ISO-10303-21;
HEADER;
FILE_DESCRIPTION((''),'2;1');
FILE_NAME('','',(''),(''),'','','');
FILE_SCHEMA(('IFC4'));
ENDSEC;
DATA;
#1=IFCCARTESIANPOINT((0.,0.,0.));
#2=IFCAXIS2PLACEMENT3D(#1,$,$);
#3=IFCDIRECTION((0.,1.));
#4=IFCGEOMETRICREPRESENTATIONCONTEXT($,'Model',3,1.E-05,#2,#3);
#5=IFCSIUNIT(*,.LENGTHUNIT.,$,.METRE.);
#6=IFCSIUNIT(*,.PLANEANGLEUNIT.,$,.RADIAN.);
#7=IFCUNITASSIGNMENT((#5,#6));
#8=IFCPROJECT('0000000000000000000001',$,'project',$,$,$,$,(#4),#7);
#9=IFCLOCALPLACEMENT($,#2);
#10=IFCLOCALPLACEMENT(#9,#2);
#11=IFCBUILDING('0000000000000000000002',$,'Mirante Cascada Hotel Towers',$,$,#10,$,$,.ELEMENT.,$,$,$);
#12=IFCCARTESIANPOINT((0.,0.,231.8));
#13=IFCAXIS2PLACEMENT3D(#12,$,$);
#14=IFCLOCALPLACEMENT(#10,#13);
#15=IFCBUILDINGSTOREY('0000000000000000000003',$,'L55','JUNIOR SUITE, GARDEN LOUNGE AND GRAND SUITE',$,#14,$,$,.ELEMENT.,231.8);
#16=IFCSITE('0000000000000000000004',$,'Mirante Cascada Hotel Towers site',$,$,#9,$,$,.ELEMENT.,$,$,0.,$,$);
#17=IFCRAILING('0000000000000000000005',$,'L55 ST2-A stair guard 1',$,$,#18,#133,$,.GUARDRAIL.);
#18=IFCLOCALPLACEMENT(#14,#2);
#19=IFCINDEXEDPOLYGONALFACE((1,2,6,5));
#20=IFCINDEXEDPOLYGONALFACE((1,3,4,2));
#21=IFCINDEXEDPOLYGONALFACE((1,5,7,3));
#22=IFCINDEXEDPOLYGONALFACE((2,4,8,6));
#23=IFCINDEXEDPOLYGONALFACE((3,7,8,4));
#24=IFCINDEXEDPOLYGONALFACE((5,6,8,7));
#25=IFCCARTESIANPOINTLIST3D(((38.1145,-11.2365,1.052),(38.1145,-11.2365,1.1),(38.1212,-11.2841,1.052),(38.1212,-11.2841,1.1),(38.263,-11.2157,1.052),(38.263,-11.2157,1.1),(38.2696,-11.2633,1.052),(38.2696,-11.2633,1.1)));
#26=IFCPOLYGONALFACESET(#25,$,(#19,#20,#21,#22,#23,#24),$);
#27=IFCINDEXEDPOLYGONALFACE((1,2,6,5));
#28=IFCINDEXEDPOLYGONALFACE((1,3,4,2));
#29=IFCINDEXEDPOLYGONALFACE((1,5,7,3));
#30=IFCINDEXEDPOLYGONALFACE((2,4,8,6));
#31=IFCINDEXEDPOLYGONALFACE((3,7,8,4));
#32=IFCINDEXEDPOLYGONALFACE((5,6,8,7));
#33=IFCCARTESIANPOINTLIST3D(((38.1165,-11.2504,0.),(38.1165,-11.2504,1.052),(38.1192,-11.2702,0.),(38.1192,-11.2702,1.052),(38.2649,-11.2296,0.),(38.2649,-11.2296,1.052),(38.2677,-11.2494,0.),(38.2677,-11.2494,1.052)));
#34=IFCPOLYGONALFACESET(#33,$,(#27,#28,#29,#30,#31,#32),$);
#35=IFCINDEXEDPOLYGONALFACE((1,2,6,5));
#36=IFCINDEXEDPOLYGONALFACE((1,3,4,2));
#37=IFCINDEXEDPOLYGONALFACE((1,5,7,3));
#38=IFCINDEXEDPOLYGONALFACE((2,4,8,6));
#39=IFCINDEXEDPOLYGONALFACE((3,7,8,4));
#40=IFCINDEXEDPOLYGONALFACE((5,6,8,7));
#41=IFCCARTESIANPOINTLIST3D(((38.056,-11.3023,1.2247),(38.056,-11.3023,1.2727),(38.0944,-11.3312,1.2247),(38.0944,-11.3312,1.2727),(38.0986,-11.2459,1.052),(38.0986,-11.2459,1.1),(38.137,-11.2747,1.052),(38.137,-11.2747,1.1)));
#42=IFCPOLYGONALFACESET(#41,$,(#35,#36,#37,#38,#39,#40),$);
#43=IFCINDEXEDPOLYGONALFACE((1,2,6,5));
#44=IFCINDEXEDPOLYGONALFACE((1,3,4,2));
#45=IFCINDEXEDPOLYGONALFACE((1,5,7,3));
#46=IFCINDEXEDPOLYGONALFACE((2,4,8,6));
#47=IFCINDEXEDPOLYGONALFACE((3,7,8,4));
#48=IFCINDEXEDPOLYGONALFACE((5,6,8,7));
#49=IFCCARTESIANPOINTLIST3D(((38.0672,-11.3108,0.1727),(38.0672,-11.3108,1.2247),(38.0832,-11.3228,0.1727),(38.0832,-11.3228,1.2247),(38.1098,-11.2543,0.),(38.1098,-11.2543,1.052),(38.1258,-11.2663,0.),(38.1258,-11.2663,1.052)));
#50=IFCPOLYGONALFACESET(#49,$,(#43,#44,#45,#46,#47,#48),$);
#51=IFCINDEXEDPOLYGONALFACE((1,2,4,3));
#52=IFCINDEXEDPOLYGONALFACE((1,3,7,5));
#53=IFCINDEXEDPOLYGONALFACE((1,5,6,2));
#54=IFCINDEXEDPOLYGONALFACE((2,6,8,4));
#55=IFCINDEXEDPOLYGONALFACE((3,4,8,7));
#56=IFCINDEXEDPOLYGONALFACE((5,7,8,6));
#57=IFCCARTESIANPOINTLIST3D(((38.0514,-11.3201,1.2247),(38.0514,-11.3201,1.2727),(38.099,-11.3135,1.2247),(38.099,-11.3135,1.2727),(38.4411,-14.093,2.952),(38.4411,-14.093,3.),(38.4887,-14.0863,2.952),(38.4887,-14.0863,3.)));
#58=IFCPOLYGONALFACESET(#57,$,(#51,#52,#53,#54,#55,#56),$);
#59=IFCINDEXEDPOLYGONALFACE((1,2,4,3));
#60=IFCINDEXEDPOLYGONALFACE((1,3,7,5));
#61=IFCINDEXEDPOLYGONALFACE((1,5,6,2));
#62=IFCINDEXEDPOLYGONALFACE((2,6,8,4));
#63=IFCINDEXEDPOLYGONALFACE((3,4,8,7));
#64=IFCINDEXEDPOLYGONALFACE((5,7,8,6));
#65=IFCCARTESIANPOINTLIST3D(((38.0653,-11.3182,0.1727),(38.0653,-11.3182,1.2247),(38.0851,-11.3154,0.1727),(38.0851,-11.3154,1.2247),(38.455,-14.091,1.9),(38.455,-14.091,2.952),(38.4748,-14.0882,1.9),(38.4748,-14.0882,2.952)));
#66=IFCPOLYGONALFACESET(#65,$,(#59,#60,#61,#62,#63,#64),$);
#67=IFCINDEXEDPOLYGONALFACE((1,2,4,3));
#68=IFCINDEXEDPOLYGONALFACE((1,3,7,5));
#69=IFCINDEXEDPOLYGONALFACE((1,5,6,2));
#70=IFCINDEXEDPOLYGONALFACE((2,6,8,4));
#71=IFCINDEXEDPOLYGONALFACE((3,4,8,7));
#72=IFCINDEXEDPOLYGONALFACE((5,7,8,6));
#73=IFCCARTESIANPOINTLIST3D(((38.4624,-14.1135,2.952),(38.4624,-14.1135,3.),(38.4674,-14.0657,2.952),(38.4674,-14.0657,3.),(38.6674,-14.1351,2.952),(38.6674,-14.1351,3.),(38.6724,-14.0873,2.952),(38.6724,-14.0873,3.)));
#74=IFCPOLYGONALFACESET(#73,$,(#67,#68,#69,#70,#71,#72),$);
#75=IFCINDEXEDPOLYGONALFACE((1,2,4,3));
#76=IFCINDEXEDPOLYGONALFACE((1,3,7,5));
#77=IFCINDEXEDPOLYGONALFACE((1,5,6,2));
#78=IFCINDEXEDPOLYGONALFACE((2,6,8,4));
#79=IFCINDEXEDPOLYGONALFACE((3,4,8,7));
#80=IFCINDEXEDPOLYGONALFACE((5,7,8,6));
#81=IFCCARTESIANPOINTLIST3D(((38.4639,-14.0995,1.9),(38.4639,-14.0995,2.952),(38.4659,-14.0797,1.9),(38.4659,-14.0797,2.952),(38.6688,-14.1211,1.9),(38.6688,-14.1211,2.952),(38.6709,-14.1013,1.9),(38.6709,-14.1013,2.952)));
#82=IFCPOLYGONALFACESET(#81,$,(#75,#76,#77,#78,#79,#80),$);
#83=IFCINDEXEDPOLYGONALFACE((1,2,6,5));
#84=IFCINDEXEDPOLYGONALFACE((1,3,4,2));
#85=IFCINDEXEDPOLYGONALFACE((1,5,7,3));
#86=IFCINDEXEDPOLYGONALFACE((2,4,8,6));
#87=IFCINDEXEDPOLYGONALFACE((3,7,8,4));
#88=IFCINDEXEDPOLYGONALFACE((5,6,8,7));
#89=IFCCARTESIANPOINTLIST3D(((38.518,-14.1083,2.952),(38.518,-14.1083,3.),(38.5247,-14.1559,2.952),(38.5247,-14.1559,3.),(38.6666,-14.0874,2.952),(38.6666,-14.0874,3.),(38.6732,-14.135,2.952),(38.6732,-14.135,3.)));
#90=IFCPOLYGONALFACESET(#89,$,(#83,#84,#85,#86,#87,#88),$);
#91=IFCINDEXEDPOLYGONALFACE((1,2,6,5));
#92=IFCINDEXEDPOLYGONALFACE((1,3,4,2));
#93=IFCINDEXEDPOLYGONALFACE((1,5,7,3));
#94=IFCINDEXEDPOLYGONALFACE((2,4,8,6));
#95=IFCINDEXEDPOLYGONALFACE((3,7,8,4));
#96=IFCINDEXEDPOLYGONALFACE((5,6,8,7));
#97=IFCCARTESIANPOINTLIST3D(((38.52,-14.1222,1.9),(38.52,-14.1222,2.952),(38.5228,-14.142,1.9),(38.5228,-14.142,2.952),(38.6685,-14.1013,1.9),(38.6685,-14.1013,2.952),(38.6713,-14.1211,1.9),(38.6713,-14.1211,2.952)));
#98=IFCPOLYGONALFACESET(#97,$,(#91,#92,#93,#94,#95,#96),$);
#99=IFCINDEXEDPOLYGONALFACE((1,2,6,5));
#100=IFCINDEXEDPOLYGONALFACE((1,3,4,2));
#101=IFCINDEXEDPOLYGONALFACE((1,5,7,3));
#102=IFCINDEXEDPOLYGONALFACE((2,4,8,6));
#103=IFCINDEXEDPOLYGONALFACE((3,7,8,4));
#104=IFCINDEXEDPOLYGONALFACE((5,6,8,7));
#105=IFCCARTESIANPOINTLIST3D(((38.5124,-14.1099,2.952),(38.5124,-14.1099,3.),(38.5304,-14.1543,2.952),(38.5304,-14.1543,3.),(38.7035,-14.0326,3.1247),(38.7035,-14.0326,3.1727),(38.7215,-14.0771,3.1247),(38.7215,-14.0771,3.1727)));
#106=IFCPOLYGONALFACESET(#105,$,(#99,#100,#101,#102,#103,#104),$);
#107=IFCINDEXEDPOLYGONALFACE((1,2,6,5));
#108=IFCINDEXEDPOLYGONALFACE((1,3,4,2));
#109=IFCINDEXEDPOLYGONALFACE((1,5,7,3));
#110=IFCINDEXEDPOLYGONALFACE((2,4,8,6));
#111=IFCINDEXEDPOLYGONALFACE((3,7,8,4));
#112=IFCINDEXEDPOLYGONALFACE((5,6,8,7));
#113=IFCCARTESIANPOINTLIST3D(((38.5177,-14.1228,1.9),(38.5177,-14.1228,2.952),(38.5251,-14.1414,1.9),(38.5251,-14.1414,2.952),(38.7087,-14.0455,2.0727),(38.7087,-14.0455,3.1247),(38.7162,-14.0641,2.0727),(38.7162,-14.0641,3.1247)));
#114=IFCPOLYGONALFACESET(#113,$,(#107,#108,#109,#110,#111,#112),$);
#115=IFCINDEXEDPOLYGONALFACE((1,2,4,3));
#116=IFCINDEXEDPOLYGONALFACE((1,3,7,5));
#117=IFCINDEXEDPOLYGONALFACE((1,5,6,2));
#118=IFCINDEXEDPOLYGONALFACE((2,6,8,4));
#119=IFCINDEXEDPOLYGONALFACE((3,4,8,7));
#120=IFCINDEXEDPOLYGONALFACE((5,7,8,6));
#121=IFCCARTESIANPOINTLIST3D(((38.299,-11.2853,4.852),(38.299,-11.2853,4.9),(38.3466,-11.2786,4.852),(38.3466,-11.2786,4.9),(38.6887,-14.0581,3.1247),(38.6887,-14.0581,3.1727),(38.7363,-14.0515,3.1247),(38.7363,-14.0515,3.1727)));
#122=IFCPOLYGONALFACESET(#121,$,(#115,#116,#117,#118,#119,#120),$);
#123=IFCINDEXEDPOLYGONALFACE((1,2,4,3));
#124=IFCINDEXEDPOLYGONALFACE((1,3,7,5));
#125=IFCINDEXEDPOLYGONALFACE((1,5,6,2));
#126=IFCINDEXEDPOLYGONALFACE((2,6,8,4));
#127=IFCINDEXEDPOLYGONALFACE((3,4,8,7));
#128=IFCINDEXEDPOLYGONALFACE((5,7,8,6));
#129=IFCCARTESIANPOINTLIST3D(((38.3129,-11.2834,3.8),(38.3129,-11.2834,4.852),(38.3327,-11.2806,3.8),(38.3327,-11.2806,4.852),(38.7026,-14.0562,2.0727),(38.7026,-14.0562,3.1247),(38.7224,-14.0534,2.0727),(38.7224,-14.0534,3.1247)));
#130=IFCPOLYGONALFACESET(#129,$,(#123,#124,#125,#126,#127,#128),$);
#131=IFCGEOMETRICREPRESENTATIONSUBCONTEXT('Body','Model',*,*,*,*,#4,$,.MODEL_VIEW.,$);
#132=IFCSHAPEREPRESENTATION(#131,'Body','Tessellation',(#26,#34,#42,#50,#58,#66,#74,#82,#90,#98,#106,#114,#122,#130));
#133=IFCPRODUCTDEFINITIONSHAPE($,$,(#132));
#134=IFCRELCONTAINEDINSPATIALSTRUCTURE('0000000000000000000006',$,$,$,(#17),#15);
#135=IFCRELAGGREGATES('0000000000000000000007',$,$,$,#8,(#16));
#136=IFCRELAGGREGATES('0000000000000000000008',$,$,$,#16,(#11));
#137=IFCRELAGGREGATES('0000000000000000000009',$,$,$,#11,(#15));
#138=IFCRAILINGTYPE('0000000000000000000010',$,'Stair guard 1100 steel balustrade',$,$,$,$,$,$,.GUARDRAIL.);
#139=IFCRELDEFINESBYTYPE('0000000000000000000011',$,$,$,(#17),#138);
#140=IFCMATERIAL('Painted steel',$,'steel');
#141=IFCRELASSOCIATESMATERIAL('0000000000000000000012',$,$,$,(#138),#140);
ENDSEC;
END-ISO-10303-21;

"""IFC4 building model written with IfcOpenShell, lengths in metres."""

from ifc_helpers import new_model, si_unit, direction, frame, origin, origin_2d, place, context, subcontext, project, spatial, rectangle, extrude, material, type_object, element, save


model = new_model("IFC4")

# Units and contexts
model_context = context("Model", 3, precision=1e-05, world=origin(), true_north=direction((0.0, 1.0)))
body_context = subcontext(model_context, "Body", "Model", "MODEL_VIEW")
ifc_project = project(units=[si_unit("LENGTHUNIT", "METRE"), si_unit("PLANEANGLEUNIT", "RADIAN")], contexts=[model_context])

# Site, building, storey
site_placement = place(None, origin())
site = spatial("IfcSite", under=ifc_project, at=site_placement, Name="Mirante Cascada Hotel Towers site", CompositionType="ELEMENT", RefElevation=0.0)
building_placement = place(site_placement, origin())
building = spatial("IfcBuilding", under=site, at=building_placement, Name="Mirante Cascada Hotel Towers", CompositionType="ELEMENT")
storey_placement = place(building_placement, frame((0.0, 0.0, 231.8)))
storey = spatial("IfcBuildingStorey", under=building, at=storey_placement, Name="L55", Description="JUNIOR SUITE, GARDEN LOUNGE AND GRAND SUITE", CompositionType="ELEMENT", Elevation=231.8)

# Railing
ifc_material_1 = material(Name="Painted steel", Category="steel")
railing_type = type_object("IfcRailingType", Name="Stair guard 1100 steel balustrade", PredefinedType="GUARDRAIL", material=ifc_material_1)
railing_placement = place(storey_placement, frame((38.2663, -11.2395, 0.0)))
element("IfcRailing", 1, at=railing_placement, inside=storey, type_object=railing_type, Name="L55 ST2-A stair guard 1", PredefinedType="GUARDRAIL", context=body_context, shape_type="SweptSolid", body=[
    extrude(rectangle(XDim=0.048, YDim=0.048, at=origin_2d()), frame((0.0, 0.0, 1.076), z_axis=(-0.990333, -0.138713, 0.0), x_axis=(0.138713, -0.990333, 0.0)), (0.0, 0.0, 1.0), 0.1499),
    extrude(rectangle(XDim=0.02, YDim=1.052, at=origin_2d()), frame((0.0, 0.0, 0.526), z_axis=(-0.990333, -0.138713, 0.0), x_axis=(0.138713, -0.990333, 0.0)), (0.0, 0.0, 1.0), 0.1499),
    extrude(rectangle(XDim=0.048, YDim=0.048, at=origin_2d()), frame((-0.1485, -0.0208, 1.076), z_axis=(-0.602033, -0.798471, 0.0), x_axis=(0.798471, -0.602033, 0.0)), (0.0, 0.92534, 0.379139), 0.1866),
    extrude(rectangle(XDim=0.02, YDim=1.052, at=origin_2d()), frame((-0.1485, -0.0208, 0.526), z_axis=(-0.602033, -0.798471, 0.0), x_axis=(0.798471, -0.602033, 0.0)), (0.0, 0.92534, 0.379139), 0.1866),
    extrude(rectangle(XDim=0.048, YDim=0.048, at=origin_2d()), frame((-0.1911, -0.0773, 1.2487), z_axis=(0.139176, -0.990268, 0.0), x_axis=(0.990268, 0.139176, 0.0)), (0.0, 0.525021, 0.851089), 3.29),
    extrude(rectangle(XDim=0.02, YDim=1.052, at=origin_2d()), frame((-0.1911, -0.0773, 0.6987), z_axis=(0.139176, -0.990268, 0.0), x_axis=(0.990268, 0.139176, 0.0)), (0.0, 0.525021, 0.851089), 3.29),
    extrude(rectangle(XDim=0.048, YDim=0.048, at=origin_2d()), frame((0.1986, -2.8501, 2.976), z_axis=(0.994495, -0.104786, 0.0), x_axis=(0.104786, 0.994495, 0.0)), (0.0, 0.0, 1.0), 0.2061),
    extrude(rectangle(XDim=0.02, YDim=1.052, at=origin_2d()), frame((0.1986, -2.8501, 2.426), z_axis=(0.994495, -0.104786, 0.0), x_axis=(0.104786, 0.994495, 0.0)), (0.0, 0.0, 1.0), 0.2061),
    extrude(rectangle(XDim=0.048, YDim=0.048, at=origin_2d()), frame((0.4036, -2.8717, 2.976), z_axis=(-0.990241, -0.139367, 0.0), x_axis=(0.139367, -0.990241, 0.0)), (0.0, 0.0, 1.0), 0.15),
    extrude(rectangle(XDim=0.02, YDim=1.052, at=origin_2d()), frame((0.4036, -2.8717, 2.426), z_axis=(-0.990241, -0.139367, 0.0), x_axis=(0.139367, -0.990241, 0.0)), (0.0, 0.0, 1.0), 0.15),
    extrude(rectangle(XDim=0.048, YDim=0.048, at=origin_2d()), frame((0.2551, -2.8926, 2.976), z_axis=(0.927031, 0.374984, 0.0), x_axis=(-0.374984, 0.927031, 0.0)), (0.0, 0.64219, 0.766545), 0.2689),
    extrude(rectangle(XDim=0.02, YDim=1.052, at=origin_2d()), frame((0.2551, -2.8926, 2.426), z_axis=(0.927031, 0.374984, 0.0), x_axis=(-0.374984, 0.927031, 0.0)), (0.0, 0.64219, 0.766545), 0.2689),
    extrude(rectangle(XDim=0.048, YDim=0.048, at=origin_2d()), frame((0.4462, -2.8153, 3.1487), z_axis=(-0.139176, 0.990268, 0.0), x_axis=(-0.990268, -0.139176, 0.0)), (0.0, 0.525021, 0.851089), 3.29),
    extrude(rectangle(XDim=0.02, YDim=1.052, at=origin_2d()), frame((0.4462, -2.8153, 2.5987), z_axis=(-0.139176, 0.990268, 0.0), x_axis=(-0.990268, -0.139176, 0.0)), (0.0, 0.525021, 0.851089), 3.29),
])

save(model, "model.ifc")
